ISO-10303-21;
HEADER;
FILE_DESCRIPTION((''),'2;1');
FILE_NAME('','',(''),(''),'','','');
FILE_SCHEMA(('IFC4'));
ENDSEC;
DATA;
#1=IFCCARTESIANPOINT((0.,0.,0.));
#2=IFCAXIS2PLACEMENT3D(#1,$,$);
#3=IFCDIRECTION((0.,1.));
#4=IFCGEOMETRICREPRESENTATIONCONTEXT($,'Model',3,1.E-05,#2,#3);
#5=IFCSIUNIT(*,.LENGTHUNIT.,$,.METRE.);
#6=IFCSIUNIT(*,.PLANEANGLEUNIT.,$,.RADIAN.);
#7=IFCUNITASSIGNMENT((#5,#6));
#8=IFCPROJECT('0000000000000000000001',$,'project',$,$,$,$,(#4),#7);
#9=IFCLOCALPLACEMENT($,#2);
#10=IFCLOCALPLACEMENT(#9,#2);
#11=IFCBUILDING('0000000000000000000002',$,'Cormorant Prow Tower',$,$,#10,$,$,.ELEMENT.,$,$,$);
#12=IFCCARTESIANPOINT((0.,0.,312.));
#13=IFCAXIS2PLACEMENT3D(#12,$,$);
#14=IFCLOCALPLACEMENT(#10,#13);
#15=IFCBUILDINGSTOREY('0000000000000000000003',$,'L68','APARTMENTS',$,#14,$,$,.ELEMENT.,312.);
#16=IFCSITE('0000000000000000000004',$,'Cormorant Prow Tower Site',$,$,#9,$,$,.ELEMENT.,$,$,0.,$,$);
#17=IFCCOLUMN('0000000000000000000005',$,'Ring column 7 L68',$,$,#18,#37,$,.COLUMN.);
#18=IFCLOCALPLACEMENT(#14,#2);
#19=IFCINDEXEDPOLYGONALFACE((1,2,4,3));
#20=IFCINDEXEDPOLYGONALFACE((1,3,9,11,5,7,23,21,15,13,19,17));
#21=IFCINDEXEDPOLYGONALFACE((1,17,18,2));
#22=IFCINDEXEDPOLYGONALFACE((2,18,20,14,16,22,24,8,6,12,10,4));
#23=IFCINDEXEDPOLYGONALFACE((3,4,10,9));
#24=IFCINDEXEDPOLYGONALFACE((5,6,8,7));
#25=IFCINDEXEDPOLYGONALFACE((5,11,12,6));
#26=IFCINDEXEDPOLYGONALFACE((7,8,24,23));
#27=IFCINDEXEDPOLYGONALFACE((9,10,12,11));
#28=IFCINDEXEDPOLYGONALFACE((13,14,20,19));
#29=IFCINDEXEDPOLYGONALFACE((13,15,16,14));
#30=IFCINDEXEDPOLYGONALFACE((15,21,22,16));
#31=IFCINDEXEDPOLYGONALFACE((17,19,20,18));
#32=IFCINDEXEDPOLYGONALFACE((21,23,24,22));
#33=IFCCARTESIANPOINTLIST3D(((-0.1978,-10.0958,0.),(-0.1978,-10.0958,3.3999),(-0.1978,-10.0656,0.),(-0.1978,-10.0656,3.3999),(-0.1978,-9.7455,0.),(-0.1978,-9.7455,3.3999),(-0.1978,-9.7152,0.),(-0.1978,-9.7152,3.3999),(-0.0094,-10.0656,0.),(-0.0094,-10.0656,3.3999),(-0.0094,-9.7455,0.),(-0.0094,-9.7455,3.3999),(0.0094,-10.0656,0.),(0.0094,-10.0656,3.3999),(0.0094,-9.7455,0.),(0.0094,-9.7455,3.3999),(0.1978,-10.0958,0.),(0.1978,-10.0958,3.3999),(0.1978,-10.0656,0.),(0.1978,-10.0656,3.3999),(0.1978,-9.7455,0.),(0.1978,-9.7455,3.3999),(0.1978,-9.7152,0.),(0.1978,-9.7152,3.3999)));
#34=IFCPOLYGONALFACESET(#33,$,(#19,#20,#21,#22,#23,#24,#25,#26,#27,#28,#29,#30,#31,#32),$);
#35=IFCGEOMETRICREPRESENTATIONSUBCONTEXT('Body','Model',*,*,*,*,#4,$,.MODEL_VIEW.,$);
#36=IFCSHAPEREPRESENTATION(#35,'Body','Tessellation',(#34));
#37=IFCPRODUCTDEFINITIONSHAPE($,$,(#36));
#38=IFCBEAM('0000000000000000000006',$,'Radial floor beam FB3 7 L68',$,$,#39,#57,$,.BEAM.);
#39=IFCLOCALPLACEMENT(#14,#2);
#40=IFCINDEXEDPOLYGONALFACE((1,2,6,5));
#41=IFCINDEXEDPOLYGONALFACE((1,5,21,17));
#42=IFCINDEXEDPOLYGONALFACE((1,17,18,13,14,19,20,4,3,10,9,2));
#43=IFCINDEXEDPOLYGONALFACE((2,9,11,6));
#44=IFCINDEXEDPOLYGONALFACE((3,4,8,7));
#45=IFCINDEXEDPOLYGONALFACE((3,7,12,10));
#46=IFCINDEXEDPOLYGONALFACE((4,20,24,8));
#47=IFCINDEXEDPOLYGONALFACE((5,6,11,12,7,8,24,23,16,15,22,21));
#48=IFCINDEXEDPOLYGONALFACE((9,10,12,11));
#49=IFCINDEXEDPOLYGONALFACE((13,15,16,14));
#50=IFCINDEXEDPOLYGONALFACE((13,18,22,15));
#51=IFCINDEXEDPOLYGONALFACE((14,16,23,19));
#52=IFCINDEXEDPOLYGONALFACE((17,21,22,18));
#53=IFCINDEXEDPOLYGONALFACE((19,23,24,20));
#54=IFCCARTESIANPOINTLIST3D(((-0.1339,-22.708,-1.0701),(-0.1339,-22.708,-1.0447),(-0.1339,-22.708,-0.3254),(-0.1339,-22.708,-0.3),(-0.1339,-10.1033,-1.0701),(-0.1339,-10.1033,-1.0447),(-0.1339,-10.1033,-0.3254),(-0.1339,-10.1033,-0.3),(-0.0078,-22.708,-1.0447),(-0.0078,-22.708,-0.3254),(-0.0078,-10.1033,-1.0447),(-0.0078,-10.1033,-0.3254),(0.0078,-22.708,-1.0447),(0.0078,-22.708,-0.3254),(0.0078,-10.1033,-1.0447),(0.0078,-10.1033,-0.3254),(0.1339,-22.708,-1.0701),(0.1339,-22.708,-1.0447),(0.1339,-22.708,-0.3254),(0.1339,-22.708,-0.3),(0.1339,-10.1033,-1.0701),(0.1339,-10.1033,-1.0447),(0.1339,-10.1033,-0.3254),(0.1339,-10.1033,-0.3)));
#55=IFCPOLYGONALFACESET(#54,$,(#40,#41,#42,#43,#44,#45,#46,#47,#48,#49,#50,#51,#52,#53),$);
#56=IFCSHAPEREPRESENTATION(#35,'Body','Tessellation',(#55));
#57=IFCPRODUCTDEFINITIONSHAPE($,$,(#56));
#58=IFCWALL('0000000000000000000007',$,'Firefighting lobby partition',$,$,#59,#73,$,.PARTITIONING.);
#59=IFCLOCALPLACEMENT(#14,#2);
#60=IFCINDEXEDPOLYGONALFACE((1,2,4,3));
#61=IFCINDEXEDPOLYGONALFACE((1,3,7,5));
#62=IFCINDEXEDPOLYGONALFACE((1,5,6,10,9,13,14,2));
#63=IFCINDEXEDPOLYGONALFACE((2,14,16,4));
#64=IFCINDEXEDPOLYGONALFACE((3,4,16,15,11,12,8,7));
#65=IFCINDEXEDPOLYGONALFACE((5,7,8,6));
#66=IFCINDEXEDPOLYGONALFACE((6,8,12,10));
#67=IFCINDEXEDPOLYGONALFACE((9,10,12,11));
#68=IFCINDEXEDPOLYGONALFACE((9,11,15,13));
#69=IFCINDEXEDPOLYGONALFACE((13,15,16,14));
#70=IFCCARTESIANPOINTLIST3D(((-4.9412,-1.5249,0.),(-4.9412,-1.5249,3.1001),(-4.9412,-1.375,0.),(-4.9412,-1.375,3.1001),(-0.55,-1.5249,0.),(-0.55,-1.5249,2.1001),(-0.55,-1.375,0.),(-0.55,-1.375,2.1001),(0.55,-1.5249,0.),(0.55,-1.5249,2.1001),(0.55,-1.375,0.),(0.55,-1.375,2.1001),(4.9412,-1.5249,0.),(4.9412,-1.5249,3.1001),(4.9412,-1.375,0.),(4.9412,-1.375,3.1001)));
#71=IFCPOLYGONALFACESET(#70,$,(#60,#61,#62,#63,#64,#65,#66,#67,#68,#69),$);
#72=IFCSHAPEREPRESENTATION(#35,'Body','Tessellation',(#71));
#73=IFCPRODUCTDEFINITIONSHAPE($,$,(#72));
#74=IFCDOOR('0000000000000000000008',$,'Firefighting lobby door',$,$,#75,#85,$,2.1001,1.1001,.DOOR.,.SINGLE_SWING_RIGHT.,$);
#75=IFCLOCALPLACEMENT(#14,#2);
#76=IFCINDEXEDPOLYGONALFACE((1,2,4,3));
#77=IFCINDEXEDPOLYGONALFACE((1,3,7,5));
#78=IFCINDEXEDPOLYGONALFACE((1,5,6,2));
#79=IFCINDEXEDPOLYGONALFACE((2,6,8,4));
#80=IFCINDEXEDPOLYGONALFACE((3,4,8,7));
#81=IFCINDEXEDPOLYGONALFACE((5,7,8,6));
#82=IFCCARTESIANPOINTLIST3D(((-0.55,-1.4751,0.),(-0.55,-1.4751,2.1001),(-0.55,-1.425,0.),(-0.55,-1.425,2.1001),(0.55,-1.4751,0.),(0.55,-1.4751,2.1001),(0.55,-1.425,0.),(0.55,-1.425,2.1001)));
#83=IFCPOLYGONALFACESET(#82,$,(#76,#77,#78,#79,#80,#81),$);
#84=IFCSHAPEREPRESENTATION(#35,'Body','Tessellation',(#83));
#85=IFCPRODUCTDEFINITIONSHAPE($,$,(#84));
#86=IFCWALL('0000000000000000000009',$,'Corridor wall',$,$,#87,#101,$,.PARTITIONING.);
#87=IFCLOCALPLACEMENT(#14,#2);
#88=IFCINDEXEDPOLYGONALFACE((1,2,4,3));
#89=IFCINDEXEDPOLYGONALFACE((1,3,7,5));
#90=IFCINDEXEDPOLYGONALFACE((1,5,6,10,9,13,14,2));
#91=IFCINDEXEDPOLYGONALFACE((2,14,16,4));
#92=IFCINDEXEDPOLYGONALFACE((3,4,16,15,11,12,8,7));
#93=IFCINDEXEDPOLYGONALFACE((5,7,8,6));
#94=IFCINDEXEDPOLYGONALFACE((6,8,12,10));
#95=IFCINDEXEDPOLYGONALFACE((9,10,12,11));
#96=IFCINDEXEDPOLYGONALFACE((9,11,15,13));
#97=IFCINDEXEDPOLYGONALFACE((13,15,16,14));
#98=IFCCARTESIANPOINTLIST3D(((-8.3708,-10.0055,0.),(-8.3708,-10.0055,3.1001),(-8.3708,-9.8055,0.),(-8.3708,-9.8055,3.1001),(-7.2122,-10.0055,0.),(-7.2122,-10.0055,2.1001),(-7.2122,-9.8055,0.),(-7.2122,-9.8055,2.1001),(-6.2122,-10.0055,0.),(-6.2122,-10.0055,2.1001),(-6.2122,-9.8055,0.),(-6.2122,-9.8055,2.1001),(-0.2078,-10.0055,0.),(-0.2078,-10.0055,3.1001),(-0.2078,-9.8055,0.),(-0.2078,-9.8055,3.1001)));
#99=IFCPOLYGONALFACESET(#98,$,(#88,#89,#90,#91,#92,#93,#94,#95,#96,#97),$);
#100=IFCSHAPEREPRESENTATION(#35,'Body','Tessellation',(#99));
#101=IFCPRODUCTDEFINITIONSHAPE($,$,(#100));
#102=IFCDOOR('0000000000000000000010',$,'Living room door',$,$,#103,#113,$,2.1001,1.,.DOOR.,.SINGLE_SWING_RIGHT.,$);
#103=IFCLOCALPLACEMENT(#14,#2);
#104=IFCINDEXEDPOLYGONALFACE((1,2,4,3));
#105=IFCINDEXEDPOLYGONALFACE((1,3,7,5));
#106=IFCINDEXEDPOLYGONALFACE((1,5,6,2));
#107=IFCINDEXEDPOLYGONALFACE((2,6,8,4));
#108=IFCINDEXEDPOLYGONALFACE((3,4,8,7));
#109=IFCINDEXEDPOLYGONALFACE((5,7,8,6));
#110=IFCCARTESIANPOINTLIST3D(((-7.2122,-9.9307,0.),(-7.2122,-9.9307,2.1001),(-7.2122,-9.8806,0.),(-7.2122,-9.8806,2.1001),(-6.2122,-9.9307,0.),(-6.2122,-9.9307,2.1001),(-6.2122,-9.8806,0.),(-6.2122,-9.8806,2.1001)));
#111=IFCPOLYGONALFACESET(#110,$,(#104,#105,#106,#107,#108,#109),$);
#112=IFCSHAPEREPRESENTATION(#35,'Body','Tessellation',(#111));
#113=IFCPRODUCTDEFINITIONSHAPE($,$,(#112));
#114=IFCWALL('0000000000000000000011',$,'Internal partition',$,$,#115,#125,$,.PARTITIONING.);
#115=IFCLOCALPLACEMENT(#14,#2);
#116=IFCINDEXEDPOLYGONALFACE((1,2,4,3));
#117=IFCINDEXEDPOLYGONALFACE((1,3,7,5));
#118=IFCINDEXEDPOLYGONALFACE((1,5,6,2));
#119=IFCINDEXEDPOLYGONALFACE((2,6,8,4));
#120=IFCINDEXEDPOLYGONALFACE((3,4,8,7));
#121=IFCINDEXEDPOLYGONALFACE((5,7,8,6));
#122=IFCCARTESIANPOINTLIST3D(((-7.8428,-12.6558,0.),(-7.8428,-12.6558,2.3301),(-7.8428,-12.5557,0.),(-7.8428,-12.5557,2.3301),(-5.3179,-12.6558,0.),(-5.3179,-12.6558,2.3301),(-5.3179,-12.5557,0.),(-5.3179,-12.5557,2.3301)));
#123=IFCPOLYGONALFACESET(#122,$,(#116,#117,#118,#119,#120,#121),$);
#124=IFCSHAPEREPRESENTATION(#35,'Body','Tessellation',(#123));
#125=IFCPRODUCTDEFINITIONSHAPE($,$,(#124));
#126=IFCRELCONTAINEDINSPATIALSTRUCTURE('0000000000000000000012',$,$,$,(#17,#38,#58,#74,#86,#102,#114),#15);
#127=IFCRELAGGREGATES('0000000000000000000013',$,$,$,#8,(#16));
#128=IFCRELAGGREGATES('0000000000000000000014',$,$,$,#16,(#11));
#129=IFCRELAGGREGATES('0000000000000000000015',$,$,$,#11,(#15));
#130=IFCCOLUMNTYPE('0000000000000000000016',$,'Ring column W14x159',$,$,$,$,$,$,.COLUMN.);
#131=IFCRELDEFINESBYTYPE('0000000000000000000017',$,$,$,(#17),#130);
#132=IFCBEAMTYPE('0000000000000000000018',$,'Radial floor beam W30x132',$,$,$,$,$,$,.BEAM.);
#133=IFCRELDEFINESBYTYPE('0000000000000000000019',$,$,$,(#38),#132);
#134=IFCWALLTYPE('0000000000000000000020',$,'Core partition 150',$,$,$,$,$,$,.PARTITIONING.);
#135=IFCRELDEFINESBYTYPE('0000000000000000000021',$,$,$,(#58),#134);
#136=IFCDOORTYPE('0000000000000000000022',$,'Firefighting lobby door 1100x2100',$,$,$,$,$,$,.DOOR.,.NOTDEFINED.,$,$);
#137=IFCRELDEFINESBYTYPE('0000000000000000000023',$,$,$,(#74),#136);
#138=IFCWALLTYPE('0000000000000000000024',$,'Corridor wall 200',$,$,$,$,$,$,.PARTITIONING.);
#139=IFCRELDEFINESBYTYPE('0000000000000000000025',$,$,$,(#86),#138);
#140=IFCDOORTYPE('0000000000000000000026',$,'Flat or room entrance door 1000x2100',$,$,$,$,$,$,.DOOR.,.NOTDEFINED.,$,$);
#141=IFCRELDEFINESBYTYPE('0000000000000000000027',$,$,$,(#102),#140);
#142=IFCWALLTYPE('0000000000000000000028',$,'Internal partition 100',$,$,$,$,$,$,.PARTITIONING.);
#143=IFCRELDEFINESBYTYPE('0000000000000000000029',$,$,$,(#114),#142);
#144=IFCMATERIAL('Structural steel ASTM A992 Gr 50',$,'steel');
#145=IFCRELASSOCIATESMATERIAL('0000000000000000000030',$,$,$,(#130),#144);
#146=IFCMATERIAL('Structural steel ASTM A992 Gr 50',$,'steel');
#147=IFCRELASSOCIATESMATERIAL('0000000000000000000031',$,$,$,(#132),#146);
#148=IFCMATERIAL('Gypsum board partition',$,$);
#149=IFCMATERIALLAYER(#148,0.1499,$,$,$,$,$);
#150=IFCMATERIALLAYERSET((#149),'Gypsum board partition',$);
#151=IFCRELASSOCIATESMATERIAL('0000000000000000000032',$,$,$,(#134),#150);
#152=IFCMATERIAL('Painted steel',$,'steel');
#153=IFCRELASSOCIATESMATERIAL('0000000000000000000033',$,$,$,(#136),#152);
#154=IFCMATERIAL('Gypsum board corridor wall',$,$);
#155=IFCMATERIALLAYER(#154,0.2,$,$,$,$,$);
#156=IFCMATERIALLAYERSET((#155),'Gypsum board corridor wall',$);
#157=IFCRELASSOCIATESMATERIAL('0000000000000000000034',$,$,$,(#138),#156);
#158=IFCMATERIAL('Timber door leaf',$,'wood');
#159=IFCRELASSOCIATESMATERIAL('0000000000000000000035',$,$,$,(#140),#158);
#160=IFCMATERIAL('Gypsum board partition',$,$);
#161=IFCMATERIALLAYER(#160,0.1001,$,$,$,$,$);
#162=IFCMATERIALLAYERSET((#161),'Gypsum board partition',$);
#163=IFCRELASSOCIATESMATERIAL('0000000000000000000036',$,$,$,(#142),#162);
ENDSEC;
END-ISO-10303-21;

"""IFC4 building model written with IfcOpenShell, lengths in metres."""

from ifc_helpers import new_model, si_unit, direction, frame, frame_2d, origin, origin_2d, place, context, subcontext, project, spatial, rectangle, i_section, extrude, material, layer, layer_set, material_profile, profile_set, type_object, element, fill, save


model = new_model("IFC4")

# Units and contexts
model_context = context("Model", 3, precision=1e-05, world=origin(), true_north=direction((0.0, 1.0)))
body_context = subcontext(model_context, "Body", "Model", "MODEL_VIEW")
ifc_project = project(units=[si_unit("LENGTHUNIT", "METRE"), si_unit("PLANEANGLEUNIT", "RADIAN")], contexts=[model_context])

# Site, building, storey
site_placement = place(None, origin())
site = spatial("IfcSite", under=ifc_project, at=site_placement, Name="Cormorant Prow Tower Site", CompositionType="ELEMENT", RefElevation=0.0)
building_placement = place(site_placement, origin())
building = spatial("IfcBuilding", under=site, at=building_placement, Name="Cormorant Prow Tower", CompositionType="ELEMENT")
storey_placement = place(building_placement, frame((0.0, 0.0, 312.0)))
storey = spatial("IfcBuildingStorey", under=building, at=storey_placement, Name="L68", Description="APARTMENTS", CompositionType="ELEMENT", Elevation=312.0)

# Column
ifc_material_1 = material(Name="Structural steel ASTM A992 Gr 50", Category="steel")
ifc_material_profile_1 = material_profile(ifc_material_1, i_section(OverallWidth=0.3955, OverallDepth=0.3806, WebThickness=0.0188, FlangeThickness=0.0303, at=origin_2d()), Name="W14x159")
ifc_profile_set_1 = profile_set([ifc_material_profile_1], Name="Structural steel ASTM A992 Gr 50")
column_type = type_object("IfcColumnType", Name="Ring column W14x159", PredefinedType="COLUMN", material=ifc_profile_set_1)
column_placement = place(storey_placement, frame((0.0, -9.9055, 0.0), z_axis=(0.0, 0.0, 1.0), x_axis=(1.0, 0.0, 0.0)))
element("IfcColumn", 1, at=column_placement, inside=storey, type_object=column_type, Name="Ring column 7 L68", PredefinedType="COLUMN", context=body_context, shape_type="SweptSolid", body=[
    extrude(i_section(OverallWidth=0.3955, OverallDepth=0.3806, WebThickness=0.0188, FlangeThickness=0.0303, at=origin_2d()), origin(), (0.0, 0.0, 1.0), 3.3999),
])

# Beam
ifc_material_2 = material(Name="Structural steel ASTM A992 Gr 50", Category="steel")
ifc_material_profile_2 = material_profile(ifc_material_2, i_section(OverallWidth=0.2678, OverallDepth=0.77, WebThickness=0.0156, FlangeThickness=0.0254, at=origin_2d()), Name="W30x132")
ifc_profile_set_2 = profile_set([ifc_material_profile_2], Name="Structural steel ASTM A992 Gr 50")
beam_type = type_object("IfcBeamType", Name="Radial floor beam W30x132", PredefinedType="BEAM", material=ifc_profile_set_2)
beam_placement = place(storey_placement, frame((0.0, -10.1033, -0.6851), z_axis=(0.0, -1.0, 0.0), x_axis=(1.0, 0.0, 0.0)))
element("IfcBeam", 2, at=beam_placement, inside=storey, type_object=beam_type, Name="Radial floor beam FB3 7 L68", PredefinedType="BEAM", context=body_context, shape_type="SweptSolid", body=[
    extrude(i_section(OverallWidth=0.2678, OverallDepth=0.77, WebThickness=0.0156, FlangeThickness=0.0254, at=origin_2d()), origin(), (0.0, 0.0, 1.0), 12.6047),
])

# Walls, openings, doors
ifc_material_3 = material(Name="Gypsum board partition")
ifc_layer_1 = layer(ifc_material_3, 0.1499)
ifc_layer_set_1 = layer_set([ifc_layer_1], Name="Gypsum board partition")
wall_type_1 = type_object("IfcWallType", Name="Core partition 150", PredefinedType="PARTITIONING", material=ifc_layer_set_1)
wall_1_placement = place(storey_placement, frame((-4.9412, -1.45, 0.0), z_axis=(0.0, 0.0, 1.0), x_axis=(1.0, 0.0, 0.0)))
wall_1 = element("IfcWall", 3, at=wall_1_placement, inside=storey, type_object=wall_type_1, Name="Firefighting lobby partition", PredefinedType="PARTITIONING", context=body_context, shape_type="SweptSolid", body=[
    extrude(rectangle(XDim=9.8823, YDim=0.1499, at=frame_2d((4.9412, 0.0))), origin(), (0.0, 0.0, 1.0), 3.1001),
])
opening_1_placement = place(wall_1_placement, frame((4.3911, 0.0, 0.0)))
opening_1 = element("IfcOpeningElement", 4, at=opening_1_placement, cuts=wall_1, PredefinedType="OPENING", context=body_context, shape_type="SweptSolid", body=[
    extrude(rectangle(XDim=1.1001, YDim=2.1001, at=frame_2d((0.55, 1.05))), frame((0.0, 0.085, 0.0), z_axis=(0.0, -1.0, 0.0), x_axis=(1.0, 0.0, 0.0)), (0.0, 0.0, 1.0), 0.1699),
])
ifc_material_4 = material(Name="Painted steel", Category="steel")
door_type_1 = type_object("IfcDoorType", Name="Firefighting lobby door 1100x2100", OperationType="NOTDEFINED", PredefinedType="DOOR", material=ifc_material_4)
door_1_placement = place(opening_1_placement, origin())
door_1 = element("IfcDoor", 5, at=door_1_placement, inside=storey, type_object=door_type_1, Name="Firefighting lobby door", OperationType="SINGLE_SWING_RIGHT", OverallHeight=2.1001, OverallWidth=1.1001, PredefinedType="DOOR", context=body_context, shape_type="SweptSolid", body=[
    extrude(rectangle(XDim=1.1001, YDim=2.1001, at=frame_2d((0.55, 1.05))), frame((0.0, 0.0249, 0.0), z_axis=(0.0, -1.0, 0.0), x_axis=(1.0, 0.0, 0.0)), (0.0, 0.0, 1.0), 0.05),
])
fill(opening_1, door_1)
ifc_material_5 = material(Name="Gypsum board corridor wall")
ifc_layer_2 = layer(ifc_material_5, 0.2)
ifc_layer_set_2 = layer_set([ifc_layer_2], Name="Gypsum board corridor wall")
wall_type_2 = type_object("IfcWallType", Name="Corridor wall 200", PredefinedType="PARTITIONING", material=ifc_layer_set_2)
wall_2_placement = place(storey_placement, frame((-8.3708, -9.9055, 0.0), z_axis=(0.0, 0.0, 1.0), x_axis=(1.0, 0.0, 0.0)))
wall_2 = element("IfcWall", 6, at=wall_2_placement, inside=storey, type_object=wall_type_2, Name="Corridor wall", PredefinedType="PARTITIONING", context=body_context, shape_type="SweptSolid", body=[
    extrude(rectangle(XDim=8.1631, YDim=0.2, at=frame_2d((4.0815, 0.0))), origin(), (0.0, 0.0, 1.0), 3.1001),
])
opening_2_placement = place(wall_2_placement, frame((1.1587, 0.0, 0.0)))
opening_2 = element("IfcOpeningElement", 7, at=opening_2_placement, cuts=wall_2, PredefinedType="OPENING", context=body_context, shape_type="SweptSolid", body=[
    extrude(rectangle(XDim=1.0, YDim=2.1001, at=frame_2d((0.5, 1.05))), frame((0.0, 0.1099, 0.0), z_axis=(0.0, -1.0, 0.0), x_axis=(1.0, 0.0, 0.0)), (0.0, 0.0, 1.0), 0.22),
])
ifc_material_6 = material(Name="Timber door leaf", Category="wood")
door_type_2 = type_object("IfcDoorType", Name="Flat or room entrance door 1000x2100", OperationType="NOTDEFINED", PredefinedType="DOOR", material=ifc_material_6)
door_2_placement = place(opening_2_placement, origin())
door_2 = element("IfcDoor", 8, at=door_2_placement, inside=storey, type_object=door_type_2, Name="Living room door", OperationType="SINGLE_SWING_RIGHT", OverallHeight=2.1001, OverallWidth=1.0, PredefinedType="DOOR", context=body_context, shape_type="SweptSolid", body=[
    extrude(rectangle(XDim=1.0, YDim=2.1001, at=frame_2d((0.5, 1.05))), frame((0.0, 0.0249, 0.0), z_axis=(0.0, -1.0, 0.0), x_axis=(1.0, 0.0, 0.0)), (0.0, 0.0, 1.0), 0.05),
])
fill(opening_2, door_2)

# Wall
ifc_material_7 = material(Name="Gypsum board partition")
ifc_layer_3 = layer(ifc_material_7, 0.1001)
ifc_layer_set_3 = layer_set([ifc_layer_3], Name="Gypsum board partition")
wall_type_3 = type_object("IfcWallType", Name="Internal partition 100", PredefinedType="PARTITIONING", material=ifc_layer_set_3)
wall_3_placement = place(storey_placement, frame((-7.8428, -12.6057, 0.0), z_axis=(0.0, 0.0, 1.0), x_axis=(1.0, 0.0, 0.0)))
element("IfcWall", 9, at=wall_3_placement, inside=storey, type_object=wall_type_3, Name="Internal partition", PredefinedType="PARTITIONING", context=body_context, shape_type="SweptSolid", body=[
    extrude(rectangle(XDim=2.5249, YDim=0.1001, at=frame_2d((1.2625, 0.0))), origin(), (0.0, 0.0, 1.0), 2.3301),
])

save(model, "model.ifc")
